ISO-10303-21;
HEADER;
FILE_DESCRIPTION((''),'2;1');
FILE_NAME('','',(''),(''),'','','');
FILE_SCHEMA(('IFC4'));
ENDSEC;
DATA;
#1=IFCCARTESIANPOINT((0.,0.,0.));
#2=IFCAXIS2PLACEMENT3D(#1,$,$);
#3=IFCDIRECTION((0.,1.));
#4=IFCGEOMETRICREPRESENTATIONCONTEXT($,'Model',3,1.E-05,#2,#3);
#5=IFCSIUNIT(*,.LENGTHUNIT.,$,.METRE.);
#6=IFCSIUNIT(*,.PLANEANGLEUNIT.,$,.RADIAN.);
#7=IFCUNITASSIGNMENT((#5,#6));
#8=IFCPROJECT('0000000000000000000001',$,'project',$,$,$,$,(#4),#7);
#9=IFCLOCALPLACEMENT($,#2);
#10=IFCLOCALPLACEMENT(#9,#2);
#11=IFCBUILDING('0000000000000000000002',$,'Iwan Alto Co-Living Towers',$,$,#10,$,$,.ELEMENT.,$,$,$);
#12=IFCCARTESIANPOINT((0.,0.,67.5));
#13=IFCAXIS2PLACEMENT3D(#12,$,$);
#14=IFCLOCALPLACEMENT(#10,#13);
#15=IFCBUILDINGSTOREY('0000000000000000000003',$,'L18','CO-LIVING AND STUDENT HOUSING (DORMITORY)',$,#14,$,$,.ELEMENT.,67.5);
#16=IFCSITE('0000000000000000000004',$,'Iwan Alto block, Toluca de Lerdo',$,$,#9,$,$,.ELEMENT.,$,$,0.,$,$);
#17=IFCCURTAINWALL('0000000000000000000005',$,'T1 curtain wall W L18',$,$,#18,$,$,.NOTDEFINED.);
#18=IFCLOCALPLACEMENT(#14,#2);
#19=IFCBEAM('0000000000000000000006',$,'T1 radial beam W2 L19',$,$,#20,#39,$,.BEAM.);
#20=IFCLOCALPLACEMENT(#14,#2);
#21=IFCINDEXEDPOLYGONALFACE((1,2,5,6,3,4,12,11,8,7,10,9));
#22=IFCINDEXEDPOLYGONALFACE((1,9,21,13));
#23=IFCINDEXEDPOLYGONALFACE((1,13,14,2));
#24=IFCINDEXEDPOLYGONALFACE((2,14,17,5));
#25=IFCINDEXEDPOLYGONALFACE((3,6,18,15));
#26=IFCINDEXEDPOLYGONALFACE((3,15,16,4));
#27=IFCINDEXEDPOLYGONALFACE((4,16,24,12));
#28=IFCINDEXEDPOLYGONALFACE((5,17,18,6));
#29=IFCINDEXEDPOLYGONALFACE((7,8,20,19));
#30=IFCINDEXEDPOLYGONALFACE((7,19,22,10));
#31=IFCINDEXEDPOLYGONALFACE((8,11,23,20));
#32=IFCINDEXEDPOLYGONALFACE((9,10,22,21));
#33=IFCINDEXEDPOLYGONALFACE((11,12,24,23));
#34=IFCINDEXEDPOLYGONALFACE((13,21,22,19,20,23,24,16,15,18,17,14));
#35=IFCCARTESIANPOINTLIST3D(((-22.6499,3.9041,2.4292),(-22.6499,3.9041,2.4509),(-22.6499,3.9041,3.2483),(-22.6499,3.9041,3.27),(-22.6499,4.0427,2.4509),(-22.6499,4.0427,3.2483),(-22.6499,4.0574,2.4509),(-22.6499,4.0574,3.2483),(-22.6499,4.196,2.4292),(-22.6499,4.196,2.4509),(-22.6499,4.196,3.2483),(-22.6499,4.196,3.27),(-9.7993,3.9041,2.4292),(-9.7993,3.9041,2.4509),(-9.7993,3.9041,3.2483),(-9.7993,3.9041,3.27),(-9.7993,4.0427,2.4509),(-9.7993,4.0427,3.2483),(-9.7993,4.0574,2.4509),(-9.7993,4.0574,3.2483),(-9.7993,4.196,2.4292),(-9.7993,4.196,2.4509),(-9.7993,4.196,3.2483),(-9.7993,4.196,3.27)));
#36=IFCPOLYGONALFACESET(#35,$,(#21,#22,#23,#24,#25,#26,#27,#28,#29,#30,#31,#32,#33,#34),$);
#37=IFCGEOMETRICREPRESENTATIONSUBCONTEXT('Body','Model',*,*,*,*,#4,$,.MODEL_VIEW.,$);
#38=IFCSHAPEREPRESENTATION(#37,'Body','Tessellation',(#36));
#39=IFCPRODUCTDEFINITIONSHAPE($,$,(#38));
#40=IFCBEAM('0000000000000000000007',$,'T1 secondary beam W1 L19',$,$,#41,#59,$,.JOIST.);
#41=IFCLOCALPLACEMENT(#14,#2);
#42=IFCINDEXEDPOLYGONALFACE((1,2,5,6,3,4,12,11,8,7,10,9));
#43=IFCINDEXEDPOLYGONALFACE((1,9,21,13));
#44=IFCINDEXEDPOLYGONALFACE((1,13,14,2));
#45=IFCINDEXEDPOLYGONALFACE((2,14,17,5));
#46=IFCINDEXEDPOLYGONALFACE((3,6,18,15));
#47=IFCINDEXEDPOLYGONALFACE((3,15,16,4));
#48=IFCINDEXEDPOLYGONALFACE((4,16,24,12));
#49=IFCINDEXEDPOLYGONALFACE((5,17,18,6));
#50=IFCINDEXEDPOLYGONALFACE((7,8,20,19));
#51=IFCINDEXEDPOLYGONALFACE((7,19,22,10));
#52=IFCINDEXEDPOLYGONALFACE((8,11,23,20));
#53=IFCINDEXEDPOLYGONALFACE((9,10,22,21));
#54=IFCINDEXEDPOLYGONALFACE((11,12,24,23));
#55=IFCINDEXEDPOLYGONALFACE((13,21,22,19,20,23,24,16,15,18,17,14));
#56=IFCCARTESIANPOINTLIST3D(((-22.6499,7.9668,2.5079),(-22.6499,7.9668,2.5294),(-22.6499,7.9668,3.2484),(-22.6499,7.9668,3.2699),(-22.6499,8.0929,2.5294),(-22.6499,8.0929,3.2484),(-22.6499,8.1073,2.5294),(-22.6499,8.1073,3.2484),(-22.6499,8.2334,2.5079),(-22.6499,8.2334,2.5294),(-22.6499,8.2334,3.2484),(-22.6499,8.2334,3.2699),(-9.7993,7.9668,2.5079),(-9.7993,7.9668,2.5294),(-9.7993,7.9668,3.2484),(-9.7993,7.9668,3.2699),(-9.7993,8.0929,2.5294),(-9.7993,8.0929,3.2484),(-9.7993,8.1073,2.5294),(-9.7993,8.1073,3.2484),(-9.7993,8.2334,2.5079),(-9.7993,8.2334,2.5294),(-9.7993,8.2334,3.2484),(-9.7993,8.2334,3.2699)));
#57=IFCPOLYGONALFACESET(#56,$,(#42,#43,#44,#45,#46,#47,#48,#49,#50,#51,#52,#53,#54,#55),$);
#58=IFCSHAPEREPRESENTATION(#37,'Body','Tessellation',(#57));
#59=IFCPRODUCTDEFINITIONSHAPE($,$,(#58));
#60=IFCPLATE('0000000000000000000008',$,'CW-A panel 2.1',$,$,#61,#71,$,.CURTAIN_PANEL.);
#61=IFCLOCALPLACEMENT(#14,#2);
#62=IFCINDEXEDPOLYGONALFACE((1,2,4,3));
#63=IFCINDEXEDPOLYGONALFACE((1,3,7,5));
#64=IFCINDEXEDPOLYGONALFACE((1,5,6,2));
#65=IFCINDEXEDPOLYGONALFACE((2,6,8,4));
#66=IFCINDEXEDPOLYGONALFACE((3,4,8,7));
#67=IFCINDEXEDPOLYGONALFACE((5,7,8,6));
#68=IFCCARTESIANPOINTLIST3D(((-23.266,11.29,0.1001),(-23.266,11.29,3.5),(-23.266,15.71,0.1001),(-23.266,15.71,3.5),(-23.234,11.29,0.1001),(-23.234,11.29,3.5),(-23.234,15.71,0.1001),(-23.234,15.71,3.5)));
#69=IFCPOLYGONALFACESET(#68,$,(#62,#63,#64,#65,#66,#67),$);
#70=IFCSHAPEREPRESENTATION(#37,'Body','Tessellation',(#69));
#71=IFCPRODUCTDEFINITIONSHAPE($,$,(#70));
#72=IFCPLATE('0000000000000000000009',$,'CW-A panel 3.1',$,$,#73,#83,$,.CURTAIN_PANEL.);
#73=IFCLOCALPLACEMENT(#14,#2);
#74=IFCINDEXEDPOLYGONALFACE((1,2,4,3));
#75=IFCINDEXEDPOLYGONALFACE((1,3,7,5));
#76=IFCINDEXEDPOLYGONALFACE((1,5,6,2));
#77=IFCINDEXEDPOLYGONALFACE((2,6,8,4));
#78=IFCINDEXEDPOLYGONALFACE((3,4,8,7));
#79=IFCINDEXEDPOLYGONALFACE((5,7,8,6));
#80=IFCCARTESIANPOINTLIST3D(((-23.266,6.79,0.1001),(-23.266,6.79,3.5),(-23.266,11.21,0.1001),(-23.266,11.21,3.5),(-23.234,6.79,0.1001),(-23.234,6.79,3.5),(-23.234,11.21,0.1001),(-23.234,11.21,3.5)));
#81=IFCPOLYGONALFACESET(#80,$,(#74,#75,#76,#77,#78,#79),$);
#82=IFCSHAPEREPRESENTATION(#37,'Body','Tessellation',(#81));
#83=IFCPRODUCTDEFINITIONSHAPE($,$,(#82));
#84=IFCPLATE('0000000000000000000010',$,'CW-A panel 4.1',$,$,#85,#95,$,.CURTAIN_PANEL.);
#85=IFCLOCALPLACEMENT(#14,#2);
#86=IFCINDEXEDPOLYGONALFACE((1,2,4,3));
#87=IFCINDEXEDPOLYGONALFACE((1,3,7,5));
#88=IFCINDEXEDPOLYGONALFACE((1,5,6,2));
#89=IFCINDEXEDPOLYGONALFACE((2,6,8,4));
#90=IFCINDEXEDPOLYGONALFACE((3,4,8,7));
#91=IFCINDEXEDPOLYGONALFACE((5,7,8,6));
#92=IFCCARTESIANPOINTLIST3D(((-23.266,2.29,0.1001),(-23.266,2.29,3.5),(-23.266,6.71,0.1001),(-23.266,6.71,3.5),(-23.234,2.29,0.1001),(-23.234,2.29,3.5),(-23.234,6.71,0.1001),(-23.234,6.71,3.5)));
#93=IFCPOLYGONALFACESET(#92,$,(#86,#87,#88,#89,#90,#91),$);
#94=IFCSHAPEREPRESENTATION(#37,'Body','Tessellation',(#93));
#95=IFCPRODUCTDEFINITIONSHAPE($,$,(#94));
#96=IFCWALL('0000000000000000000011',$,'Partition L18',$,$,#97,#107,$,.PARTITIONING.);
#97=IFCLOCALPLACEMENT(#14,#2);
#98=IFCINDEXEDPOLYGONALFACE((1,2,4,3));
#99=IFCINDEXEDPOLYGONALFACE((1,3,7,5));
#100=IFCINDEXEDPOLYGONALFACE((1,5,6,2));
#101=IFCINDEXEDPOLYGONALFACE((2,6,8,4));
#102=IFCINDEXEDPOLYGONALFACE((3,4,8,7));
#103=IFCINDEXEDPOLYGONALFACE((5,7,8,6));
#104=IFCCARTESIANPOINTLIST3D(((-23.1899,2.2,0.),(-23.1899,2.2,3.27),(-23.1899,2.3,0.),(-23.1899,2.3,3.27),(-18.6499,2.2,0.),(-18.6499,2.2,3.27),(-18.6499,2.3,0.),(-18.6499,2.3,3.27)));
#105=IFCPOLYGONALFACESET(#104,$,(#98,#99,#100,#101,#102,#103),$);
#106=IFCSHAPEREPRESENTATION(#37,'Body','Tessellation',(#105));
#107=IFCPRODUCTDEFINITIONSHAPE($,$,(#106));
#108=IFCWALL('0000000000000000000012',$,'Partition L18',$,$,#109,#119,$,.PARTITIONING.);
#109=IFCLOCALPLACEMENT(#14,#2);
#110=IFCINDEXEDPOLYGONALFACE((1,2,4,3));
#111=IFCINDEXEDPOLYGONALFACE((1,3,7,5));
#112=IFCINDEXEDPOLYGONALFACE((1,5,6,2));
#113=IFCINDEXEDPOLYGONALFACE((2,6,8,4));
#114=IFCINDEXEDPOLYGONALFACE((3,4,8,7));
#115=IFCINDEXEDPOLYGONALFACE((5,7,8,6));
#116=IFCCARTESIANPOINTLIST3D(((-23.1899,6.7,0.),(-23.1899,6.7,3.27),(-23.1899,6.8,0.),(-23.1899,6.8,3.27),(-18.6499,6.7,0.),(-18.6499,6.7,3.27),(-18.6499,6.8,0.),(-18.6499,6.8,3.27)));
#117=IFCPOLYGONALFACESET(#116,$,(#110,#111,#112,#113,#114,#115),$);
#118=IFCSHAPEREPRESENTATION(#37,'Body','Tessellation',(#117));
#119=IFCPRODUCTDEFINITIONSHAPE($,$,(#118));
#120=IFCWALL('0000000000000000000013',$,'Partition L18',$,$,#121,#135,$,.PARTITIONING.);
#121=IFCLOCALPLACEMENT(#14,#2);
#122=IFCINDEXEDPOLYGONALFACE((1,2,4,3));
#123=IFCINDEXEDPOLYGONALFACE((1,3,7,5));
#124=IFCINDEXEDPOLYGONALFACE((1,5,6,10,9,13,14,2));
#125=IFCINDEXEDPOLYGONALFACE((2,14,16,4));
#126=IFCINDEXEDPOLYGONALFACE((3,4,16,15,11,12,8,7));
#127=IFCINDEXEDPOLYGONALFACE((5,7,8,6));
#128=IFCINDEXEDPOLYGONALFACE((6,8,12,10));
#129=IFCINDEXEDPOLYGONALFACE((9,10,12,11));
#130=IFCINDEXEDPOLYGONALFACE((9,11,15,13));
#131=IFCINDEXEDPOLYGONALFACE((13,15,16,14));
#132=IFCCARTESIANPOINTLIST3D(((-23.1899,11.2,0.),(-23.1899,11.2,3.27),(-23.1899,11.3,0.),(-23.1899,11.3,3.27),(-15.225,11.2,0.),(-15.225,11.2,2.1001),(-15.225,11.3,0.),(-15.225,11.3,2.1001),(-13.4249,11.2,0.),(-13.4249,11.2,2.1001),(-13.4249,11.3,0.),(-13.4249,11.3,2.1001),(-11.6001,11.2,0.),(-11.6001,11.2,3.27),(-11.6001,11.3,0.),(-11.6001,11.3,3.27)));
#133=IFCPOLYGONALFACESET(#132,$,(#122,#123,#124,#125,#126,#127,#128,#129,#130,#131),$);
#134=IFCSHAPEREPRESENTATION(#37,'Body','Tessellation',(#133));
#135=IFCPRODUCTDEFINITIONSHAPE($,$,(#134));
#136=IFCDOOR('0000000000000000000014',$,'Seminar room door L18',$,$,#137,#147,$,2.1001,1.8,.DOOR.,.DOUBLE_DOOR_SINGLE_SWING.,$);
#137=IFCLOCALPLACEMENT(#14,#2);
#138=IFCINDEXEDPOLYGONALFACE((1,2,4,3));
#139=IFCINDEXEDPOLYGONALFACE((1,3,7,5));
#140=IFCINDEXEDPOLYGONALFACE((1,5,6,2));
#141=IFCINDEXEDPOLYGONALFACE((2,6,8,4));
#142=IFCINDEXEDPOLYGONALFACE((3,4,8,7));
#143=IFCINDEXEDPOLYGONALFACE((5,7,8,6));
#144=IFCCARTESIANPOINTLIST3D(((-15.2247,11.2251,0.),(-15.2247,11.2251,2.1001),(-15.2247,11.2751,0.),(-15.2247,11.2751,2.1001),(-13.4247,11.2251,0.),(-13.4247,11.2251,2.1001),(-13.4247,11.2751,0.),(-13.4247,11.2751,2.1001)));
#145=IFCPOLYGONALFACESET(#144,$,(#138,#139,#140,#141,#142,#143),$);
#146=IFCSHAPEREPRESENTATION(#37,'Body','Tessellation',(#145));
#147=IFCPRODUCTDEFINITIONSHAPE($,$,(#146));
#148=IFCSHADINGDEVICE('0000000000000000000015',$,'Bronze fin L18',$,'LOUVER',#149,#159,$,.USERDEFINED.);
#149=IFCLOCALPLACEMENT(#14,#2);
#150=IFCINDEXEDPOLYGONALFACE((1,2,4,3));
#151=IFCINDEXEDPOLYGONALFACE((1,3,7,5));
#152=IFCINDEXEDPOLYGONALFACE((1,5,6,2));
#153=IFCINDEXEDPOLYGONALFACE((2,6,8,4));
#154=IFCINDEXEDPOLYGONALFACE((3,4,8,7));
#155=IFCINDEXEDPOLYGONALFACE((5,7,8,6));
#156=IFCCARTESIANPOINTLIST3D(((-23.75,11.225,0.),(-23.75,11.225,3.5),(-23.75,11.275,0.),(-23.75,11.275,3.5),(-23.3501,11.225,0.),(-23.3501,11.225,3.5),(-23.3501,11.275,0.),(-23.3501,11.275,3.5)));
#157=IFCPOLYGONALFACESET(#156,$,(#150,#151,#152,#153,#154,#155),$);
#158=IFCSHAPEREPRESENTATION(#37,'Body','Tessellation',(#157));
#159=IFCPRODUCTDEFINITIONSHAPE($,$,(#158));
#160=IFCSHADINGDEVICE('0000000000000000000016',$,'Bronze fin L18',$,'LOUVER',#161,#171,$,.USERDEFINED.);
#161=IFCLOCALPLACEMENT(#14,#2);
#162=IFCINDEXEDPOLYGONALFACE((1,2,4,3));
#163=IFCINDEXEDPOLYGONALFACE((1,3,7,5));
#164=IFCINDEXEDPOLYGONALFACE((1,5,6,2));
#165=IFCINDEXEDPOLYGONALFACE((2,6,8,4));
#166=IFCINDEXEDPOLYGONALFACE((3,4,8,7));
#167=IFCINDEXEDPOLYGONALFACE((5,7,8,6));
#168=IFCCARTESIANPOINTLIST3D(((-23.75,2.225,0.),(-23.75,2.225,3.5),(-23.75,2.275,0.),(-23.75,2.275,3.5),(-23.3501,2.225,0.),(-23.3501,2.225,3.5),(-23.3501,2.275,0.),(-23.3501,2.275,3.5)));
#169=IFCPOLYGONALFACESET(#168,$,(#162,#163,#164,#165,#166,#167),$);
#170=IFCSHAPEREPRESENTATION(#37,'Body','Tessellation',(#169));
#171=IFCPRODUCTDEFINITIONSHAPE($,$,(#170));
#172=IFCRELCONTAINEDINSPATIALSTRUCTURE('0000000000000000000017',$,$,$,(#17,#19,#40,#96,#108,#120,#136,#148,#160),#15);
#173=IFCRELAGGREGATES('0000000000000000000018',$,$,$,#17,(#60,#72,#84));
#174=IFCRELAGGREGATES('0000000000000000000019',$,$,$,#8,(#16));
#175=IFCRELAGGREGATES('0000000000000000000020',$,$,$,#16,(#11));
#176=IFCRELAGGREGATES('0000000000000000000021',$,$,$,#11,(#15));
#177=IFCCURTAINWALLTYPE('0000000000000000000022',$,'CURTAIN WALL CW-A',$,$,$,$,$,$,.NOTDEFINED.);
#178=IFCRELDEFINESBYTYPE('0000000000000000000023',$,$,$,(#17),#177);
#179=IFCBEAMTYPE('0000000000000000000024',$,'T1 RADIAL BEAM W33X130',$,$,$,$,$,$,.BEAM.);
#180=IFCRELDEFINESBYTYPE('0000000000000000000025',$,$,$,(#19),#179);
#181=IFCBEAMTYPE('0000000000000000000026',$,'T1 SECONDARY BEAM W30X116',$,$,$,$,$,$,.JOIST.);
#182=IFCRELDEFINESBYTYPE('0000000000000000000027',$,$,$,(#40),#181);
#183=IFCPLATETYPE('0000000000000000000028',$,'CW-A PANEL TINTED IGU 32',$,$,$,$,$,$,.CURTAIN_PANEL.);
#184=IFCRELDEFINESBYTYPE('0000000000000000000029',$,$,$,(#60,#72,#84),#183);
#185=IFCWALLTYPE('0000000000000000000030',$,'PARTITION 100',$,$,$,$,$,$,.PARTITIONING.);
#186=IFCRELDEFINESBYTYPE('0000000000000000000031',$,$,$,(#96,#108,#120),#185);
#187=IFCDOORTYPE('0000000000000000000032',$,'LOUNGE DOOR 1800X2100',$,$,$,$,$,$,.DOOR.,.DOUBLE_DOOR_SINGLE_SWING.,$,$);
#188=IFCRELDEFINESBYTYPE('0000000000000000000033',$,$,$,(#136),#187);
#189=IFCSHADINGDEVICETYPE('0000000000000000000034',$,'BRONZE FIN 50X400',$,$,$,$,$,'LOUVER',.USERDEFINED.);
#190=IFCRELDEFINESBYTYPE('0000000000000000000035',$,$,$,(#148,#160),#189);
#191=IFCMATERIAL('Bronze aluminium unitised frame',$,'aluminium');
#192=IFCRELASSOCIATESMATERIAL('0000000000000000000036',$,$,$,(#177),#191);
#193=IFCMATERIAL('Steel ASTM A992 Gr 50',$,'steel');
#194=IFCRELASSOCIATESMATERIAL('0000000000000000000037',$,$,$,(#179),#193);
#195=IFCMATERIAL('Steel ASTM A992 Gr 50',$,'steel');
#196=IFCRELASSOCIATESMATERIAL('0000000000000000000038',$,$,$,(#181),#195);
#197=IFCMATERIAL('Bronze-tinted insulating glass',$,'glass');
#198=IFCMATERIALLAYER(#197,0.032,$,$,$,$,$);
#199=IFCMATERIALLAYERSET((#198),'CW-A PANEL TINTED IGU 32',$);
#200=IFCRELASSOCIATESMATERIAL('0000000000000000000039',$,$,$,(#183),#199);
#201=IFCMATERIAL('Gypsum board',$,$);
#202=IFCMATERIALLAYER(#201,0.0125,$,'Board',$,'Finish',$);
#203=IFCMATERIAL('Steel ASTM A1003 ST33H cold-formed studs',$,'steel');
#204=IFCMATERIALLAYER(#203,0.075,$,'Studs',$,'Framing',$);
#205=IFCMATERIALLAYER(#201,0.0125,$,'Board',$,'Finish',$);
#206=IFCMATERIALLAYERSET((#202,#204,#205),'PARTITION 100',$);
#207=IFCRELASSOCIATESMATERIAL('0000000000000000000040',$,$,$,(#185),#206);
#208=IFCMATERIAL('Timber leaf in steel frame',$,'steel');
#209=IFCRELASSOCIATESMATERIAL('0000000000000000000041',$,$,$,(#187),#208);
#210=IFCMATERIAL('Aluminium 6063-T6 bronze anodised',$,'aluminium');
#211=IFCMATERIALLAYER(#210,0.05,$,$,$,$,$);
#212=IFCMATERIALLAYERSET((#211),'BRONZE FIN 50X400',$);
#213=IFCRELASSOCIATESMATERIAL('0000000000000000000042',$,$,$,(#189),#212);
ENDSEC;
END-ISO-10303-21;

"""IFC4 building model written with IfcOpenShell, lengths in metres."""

from ifc_helpers import new_model, si_unit, direction, frame, frame_2d, origin, origin_2d, place, context, subcontext, project, spatial, rectangle, i_section, extrude, material, layer, layer_set, material_profile, profile_set, type_object, element, fill, aggregate, save


model = new_model("IFC4")

# Units and contexts
model_context = context("Model", 3, precision=1e-05, world=origin(), true_north=direction((0.0, 1.0)))
body_context = subcontext(model_context, "Body", "Model", "MODEL_VIEW")
ifc_project = project(units=[si_unit("LENGTHUNIT", "METRE"), si_unit("PLANEANGLEUNIT", "RADIAN")], contexts=[model_context])

# Site, building, storey
site_placement = place(None, origin())
site = spatial("IfcSite", under=ifc_project, at=site_placement, Name="Iwan Alto block, Toluca de Lerdo", CompositionType="ELEMENT", RefElevation=0.0)
building_placement = place(site_placement, origin())
building = spatial("IfcBuilding", under=site, at=building_placement, Name="Iwan Alto Co-Living Towers", CompositionType="ELEMENT")
storey_placement = place(building_placement, frame((0.0, 0.0, 67.5)))
storey = spatial("IfcBuildingStorey", under=building, at=storey_placement, Name="L18", Description="CO-LIVING AND STUDENT HOUSING (DORMITORY)", CompositionType="ELEMENT", Elevation=67.5)

# Curtain wall
ifc_material_1 = material(Name="Bronze aluminium unitised frame", Category="aluminium")
curtain_wall_type = type_object("IfcCurtainWallType", Name="CURTAIN WALL CW-A", PredefinedType="NOTDEFINED", material=ifc_material_1)
curtain_wall_placement = place(storey_placement, origin())
curtain_wall = element("IfcCurtainWall", 1, at=curtain_wall_placement, inside=storey, type_object=curtain_wall_type, Name="T1 curtain wall W L18", PredefinedType="NOTDEFINED")

# Beams
ifc_material_2 = material(Name="Steel ASTM A992 Gr 50", Category="steel")
ifc_material_profile_1 = material_profile(ifc_material_2, i_section(OverallWidth=0.292, OverallDepth=0.8408, WebThickness=0.0146, FlangeThickness=0.0217, at=origin_2d()), Name="W33X130")
ifc_profile_set_1 = profile_set([ifc_material_profile_1], Name="Steel ASTM A992 Gr 50")
beam_type_1 = type_object("IfcBeamType", Name="T1 RADIAL BEAM W33X130", PredefinedType="BEAM", material=ifc_profile_set_1)
beam_1_placement = place(storey_placement, frame((-22.6499, 4.05, 2.8496), z_axis=(1.0, 0.0, 0.0), x_axis=(0.0, 1.0, 0.0)))
element("IfcBeam", 2, at=beam_1_placement, inside=storey, type_object=beam_type_1, Name="T1 radial beam W2 L19", PredefinedType="BEAM", context=body_context, shape_type="SweptSolid", body=[
    extrude(i_section(OverallWidth=0.292, OverallDepth=0.8408, WebThickness=0.0146, FlangeThickness=0.0217, at=origin_2d()), origin(), (0.0, 0.0, 1.0), 12.8506),
])
ifc_material_3 = material(Name="Steel ASTM A992 Gr 50", Category="steel")
ifc_material_profile_2 = material_profile(ifc_material_3, i_section(OverallWidth=0.2666, OverallDepth=0.762, WebThickness=0.0144, FlangeThickness=0.0215, at=origin_2d()), Name="W30X116")
ifc_profile_set_2 = profile_set([ifc_material_profile_2], Name="Steel ASTM A992 Gr 50")
beam_type_2 = type_object("IfcBeamType", Name="T1 SECONDARY BEAM W30X116", PredefinedType="JOIST", material=ifc_profile_set_2)
beam_2_placement = place(storey_placement, frame((-22.6499, 8.1001, 2.8889), z_axis=(1.0, 0.0, 0.0), x_axis=(0.0, 1.0, 0.0)))
element("IfcBeam", 3, at=beam_2_placement, inside=storey, type_object=beam_type_2, Name="T1 secondary beam W1 L19", PredefinedType="JOIST", context=body_context, shape_type="SweptSolid", body=[
    extrude(i_section(OverallWidth=0.2666, OverallDepth=0.762, WebThickness=0.0144, FlangeThickness=0.0215, at=origin_2d()), origin(), (0.0, 0.0, 1.0), 12.8506),
])

# Plates
ifc_material_4 = material(Name="Bronze-tinted insulating glass", Category="glass")
ifc_layer_1 = layer(ifc_material_4, 0.032)
ifc_layer_set_1 = layer_set([ifc_layer_1], Name="CW-A PANEL TINTED IGU 32")
plate_type = type_object("IfcPlateType", Name="CW-A PANEL TINTED IGU 32", PredefinedType="CURTAIN_PANEL", material=ifc_layer_set_1)
plate_1_placement = place(storey_placement, frame((-23.25, 13.5, 0.1001), z_axis=(0.0, 0.0, 1.0), x_axis=(0.0, -1.0, 0.0)))
plate_1 = element("IfcPlate", 4, at=plate_1_placement, type_object=plate_type, Name="CW-A panel 2.1", PredefinedType="CURTAIN_PANEL", context=body_context, shape_type="SweptSolid", body=[
    extrude(rectangle(XDim=4.4199, YDim=0.032, at=origin_2d()), origin(), (0.0, 0.0, 1.0), 3.3999),
])
plate_2_placement = place(storey_placement, frame((-23.25, 9.0, 0.1001), z_axis=(0.0, 0.0, 1.0), x_axis=(0.0, -1.0, 0.0)))
plate_2 = element("IfcPlate", 5, at=plate_2_placement, type_object=plate_type, Name="CW-A panel 3.1", PredefinedType="CURTAIN_PANEL", context=body_context, shape_type="SweptSolid", body=[
    extrude(rectangle(XDim=4.4199, YDim=0.032, at=origin_2d()), origin(), (0.0, 0.0, 1.0), 3.3999),
])
plate_3_placement = place(storey_placement, frame((-23.25, 4.5, 0.1001), z_axis=(0.0, 0.0, 1.0), x_axis=(0.0, -1.0, 0.0)))
plate_3 = element("IfcPlate", 6, at=plate_3_placement, type_object=plate_type, Name="CW-A panel 4.1", PredefinedType="CURTAIN_PANEL", context=body_context, shape_type="SweptSolid", body=[
    extrude(rectangle(XDim=4.4199, YDim=0.032, at=origin_2d()), origin(), (0.0, 0.0, 1.0), 3.3999),
])
aggregate(curtain_wall, [plate_1, plate_2, plate_3])

# Walls
ifc_material_5 = material(Name="Gypsum board")
ifc_layer_2 = layer(ifc_material_5, 0.0125, Name="Board", Category="Finish")
ifc_material_6 = material(Name="Steel ASTM A1003 ST33H cold-formed studs", Category="steel")
ifc_layer_3 = layer(ifc_material_6, 0.075, Name="Studs", Category="Framing")
ifc_layer_4 = layer(ifc_material_5, 0.0125, Name="Board", Category="Finish")
ifc_layer_set_2 = layer_set([ifc_layer_2, ifc_layer_3, ifc_layer_4], Name="PARTITION 100")
wall_type = type_object("IfcWallType", Name="PARTITION 100", PredefinedType="PARTITIONING", material=ifc_layer_set_2)
for number, where, z_axis, x_axis, name in (
    (7, (-23.1899, 2.25, 0.0), (0.0, 0.0, 1.0), (1.0, 0.0, 0.0), "Partition L18"),
    (8, (-23.1899, 6.75, 0.0), (0.0, 0.0, 1.0), (1.0, 0.0, 0.0), "Partition L18"),
):
    element("IfcWall", number, at=place(storey_placement, frame(where, z_axis=z_axis, x_axis=x_axis)), inside=storey, type_object=wall_type, Name=name, PredefinedType="PARTITIONING", context=body_context, shape_type="SweptSolid", body=[
        extrude(rectangle(XDim=4.54, YDim=0.1001, at=frame_2d((2.27, 0.0))), origin(), (0.0, 0.0, 1.0), 3.27),
    ])

# Wall, opening, door
wall_placement = place(storey_placement, frame((-23.1899, 11.25, 0.0), z_axis=(0.0, 0.0, 1.0), x_axis=(1.0, 0.0, 0.0)))
wall = element("IfcWall", 9, at=wall_placement, inside=storey, type_object=wall_type, Name="Partition L18", PredefinedType="PARTITIONING", context=body_context, shape_type="SweptSolid", body=[
    extrude(rectangle(XDim=11.5898, YDim=0.1001, at=frame_2d((5.7949, 0.0))), origin(), (0.0, 0.0, 1.0), 3.27),
])
opening_placement = place(wall_placement, frame((7.9651, 0.0, 0.0)))
opening = element("IfcOpeningElement", 10, at=opening_placement, cuts=wall, PredefinedType="OPENING", context=body_context, shape_type="SweptSolid", body=[
    extrude(rectangle(XDim=1.8, YDim=2.1001, at=frame_2d((0.8999, 1.05))), frame((0.0, 0.0601, 0.0), z_axis=(0.0, -1.0, 0.0), x_axis=(1.0, 0.0, 0.0)), (0.0, 0.0, 1.0), 0.1201),
])
ifc_material_7 = material(Name="Timber leaf in steel frame", Category="steel")
door_type = type_object("IfcDoorType", Name="LOUNGE DOOR 1800X2100", OperationType="DOUBLE_DOOR_SINGLE_SWING", PredefinedType="DOOR", material=ifc_material_7)
door_placement = place(opening_placement, frame((1.8, 0.0, 0.0), z_axis=(0.0, 0.0, 1.0), x_axis=(-1.0, 0.0, 0.0)))
door = element("IfcDoor", 11, at=door_placement, inside=storey, type_object=door_type, Name="Seminar room door L18", OperationType="DOUBLE_DOOR_SINGLE_SWING", OverallHeight=2.1001, OverallWidth=1.8, PredefinedType="DOOR", context=body_context, shape_type="SweptSolid", body=[
    extrude(rectangle(XDim=1.8, YDim=2.1001, at=frame_2d((0.8999, 1.05))), frame((0.0, 0.0249, 0.0), z_axis=(0.0, -1.0, 0.0), x_axis=(1.0, 0.0, 0.0)), (0.0, 0.0, 1.0), 0.05),
])
fill(opening, door)

# Shading devices
ifc_material_8 = material(Name="Aluminium 6063-T6 bronze anodised", Category="aluminium")
ifc_layer_5 = layer(ifc_material_8, 0.05)
ifc_layer_set_3 = layer_set([ifc_layer_5], Name="BRONZE FIN 50X400")
shading_device_type = type_object("IfcShadingDeviceType", Name="BRONZE FIN 50X400", ElementType="LOUVER", PredefinedType="USERDEFINED", material=ifc_layer_set_3)
for number, where, z_axis, x_axis, name in (
    (12, (-23.55, 11.25, 0.0), (0.0, 0.0, 1.0), (0.0, -1.0, 0.0), "Bronze fin L18"),
    (13, (-23.55, 2.25, 0.0), (0.0, 0.0, 1.0), (0.0, -1.0, 0.0), "Bronze fin L18"),
):
    element("IfcShadingDevice", number, at=place(storey_placement, frame(where, z_axis=z_axis, x_axis=x_axis)), inside=storey, type_object=shading_device_type, Name=name, ObjectType="LOUVER", PredefinedType="USERDEFINED", context=body_context, shape_type="SweptSolid", body=[
        extrude(rectangle(XDim=0.05, YDim=0.3999, at=origin_2d()), origin(), (0.0, 0.0, 1.0), 3.5),
    ])

save(model, "model.ifc")
